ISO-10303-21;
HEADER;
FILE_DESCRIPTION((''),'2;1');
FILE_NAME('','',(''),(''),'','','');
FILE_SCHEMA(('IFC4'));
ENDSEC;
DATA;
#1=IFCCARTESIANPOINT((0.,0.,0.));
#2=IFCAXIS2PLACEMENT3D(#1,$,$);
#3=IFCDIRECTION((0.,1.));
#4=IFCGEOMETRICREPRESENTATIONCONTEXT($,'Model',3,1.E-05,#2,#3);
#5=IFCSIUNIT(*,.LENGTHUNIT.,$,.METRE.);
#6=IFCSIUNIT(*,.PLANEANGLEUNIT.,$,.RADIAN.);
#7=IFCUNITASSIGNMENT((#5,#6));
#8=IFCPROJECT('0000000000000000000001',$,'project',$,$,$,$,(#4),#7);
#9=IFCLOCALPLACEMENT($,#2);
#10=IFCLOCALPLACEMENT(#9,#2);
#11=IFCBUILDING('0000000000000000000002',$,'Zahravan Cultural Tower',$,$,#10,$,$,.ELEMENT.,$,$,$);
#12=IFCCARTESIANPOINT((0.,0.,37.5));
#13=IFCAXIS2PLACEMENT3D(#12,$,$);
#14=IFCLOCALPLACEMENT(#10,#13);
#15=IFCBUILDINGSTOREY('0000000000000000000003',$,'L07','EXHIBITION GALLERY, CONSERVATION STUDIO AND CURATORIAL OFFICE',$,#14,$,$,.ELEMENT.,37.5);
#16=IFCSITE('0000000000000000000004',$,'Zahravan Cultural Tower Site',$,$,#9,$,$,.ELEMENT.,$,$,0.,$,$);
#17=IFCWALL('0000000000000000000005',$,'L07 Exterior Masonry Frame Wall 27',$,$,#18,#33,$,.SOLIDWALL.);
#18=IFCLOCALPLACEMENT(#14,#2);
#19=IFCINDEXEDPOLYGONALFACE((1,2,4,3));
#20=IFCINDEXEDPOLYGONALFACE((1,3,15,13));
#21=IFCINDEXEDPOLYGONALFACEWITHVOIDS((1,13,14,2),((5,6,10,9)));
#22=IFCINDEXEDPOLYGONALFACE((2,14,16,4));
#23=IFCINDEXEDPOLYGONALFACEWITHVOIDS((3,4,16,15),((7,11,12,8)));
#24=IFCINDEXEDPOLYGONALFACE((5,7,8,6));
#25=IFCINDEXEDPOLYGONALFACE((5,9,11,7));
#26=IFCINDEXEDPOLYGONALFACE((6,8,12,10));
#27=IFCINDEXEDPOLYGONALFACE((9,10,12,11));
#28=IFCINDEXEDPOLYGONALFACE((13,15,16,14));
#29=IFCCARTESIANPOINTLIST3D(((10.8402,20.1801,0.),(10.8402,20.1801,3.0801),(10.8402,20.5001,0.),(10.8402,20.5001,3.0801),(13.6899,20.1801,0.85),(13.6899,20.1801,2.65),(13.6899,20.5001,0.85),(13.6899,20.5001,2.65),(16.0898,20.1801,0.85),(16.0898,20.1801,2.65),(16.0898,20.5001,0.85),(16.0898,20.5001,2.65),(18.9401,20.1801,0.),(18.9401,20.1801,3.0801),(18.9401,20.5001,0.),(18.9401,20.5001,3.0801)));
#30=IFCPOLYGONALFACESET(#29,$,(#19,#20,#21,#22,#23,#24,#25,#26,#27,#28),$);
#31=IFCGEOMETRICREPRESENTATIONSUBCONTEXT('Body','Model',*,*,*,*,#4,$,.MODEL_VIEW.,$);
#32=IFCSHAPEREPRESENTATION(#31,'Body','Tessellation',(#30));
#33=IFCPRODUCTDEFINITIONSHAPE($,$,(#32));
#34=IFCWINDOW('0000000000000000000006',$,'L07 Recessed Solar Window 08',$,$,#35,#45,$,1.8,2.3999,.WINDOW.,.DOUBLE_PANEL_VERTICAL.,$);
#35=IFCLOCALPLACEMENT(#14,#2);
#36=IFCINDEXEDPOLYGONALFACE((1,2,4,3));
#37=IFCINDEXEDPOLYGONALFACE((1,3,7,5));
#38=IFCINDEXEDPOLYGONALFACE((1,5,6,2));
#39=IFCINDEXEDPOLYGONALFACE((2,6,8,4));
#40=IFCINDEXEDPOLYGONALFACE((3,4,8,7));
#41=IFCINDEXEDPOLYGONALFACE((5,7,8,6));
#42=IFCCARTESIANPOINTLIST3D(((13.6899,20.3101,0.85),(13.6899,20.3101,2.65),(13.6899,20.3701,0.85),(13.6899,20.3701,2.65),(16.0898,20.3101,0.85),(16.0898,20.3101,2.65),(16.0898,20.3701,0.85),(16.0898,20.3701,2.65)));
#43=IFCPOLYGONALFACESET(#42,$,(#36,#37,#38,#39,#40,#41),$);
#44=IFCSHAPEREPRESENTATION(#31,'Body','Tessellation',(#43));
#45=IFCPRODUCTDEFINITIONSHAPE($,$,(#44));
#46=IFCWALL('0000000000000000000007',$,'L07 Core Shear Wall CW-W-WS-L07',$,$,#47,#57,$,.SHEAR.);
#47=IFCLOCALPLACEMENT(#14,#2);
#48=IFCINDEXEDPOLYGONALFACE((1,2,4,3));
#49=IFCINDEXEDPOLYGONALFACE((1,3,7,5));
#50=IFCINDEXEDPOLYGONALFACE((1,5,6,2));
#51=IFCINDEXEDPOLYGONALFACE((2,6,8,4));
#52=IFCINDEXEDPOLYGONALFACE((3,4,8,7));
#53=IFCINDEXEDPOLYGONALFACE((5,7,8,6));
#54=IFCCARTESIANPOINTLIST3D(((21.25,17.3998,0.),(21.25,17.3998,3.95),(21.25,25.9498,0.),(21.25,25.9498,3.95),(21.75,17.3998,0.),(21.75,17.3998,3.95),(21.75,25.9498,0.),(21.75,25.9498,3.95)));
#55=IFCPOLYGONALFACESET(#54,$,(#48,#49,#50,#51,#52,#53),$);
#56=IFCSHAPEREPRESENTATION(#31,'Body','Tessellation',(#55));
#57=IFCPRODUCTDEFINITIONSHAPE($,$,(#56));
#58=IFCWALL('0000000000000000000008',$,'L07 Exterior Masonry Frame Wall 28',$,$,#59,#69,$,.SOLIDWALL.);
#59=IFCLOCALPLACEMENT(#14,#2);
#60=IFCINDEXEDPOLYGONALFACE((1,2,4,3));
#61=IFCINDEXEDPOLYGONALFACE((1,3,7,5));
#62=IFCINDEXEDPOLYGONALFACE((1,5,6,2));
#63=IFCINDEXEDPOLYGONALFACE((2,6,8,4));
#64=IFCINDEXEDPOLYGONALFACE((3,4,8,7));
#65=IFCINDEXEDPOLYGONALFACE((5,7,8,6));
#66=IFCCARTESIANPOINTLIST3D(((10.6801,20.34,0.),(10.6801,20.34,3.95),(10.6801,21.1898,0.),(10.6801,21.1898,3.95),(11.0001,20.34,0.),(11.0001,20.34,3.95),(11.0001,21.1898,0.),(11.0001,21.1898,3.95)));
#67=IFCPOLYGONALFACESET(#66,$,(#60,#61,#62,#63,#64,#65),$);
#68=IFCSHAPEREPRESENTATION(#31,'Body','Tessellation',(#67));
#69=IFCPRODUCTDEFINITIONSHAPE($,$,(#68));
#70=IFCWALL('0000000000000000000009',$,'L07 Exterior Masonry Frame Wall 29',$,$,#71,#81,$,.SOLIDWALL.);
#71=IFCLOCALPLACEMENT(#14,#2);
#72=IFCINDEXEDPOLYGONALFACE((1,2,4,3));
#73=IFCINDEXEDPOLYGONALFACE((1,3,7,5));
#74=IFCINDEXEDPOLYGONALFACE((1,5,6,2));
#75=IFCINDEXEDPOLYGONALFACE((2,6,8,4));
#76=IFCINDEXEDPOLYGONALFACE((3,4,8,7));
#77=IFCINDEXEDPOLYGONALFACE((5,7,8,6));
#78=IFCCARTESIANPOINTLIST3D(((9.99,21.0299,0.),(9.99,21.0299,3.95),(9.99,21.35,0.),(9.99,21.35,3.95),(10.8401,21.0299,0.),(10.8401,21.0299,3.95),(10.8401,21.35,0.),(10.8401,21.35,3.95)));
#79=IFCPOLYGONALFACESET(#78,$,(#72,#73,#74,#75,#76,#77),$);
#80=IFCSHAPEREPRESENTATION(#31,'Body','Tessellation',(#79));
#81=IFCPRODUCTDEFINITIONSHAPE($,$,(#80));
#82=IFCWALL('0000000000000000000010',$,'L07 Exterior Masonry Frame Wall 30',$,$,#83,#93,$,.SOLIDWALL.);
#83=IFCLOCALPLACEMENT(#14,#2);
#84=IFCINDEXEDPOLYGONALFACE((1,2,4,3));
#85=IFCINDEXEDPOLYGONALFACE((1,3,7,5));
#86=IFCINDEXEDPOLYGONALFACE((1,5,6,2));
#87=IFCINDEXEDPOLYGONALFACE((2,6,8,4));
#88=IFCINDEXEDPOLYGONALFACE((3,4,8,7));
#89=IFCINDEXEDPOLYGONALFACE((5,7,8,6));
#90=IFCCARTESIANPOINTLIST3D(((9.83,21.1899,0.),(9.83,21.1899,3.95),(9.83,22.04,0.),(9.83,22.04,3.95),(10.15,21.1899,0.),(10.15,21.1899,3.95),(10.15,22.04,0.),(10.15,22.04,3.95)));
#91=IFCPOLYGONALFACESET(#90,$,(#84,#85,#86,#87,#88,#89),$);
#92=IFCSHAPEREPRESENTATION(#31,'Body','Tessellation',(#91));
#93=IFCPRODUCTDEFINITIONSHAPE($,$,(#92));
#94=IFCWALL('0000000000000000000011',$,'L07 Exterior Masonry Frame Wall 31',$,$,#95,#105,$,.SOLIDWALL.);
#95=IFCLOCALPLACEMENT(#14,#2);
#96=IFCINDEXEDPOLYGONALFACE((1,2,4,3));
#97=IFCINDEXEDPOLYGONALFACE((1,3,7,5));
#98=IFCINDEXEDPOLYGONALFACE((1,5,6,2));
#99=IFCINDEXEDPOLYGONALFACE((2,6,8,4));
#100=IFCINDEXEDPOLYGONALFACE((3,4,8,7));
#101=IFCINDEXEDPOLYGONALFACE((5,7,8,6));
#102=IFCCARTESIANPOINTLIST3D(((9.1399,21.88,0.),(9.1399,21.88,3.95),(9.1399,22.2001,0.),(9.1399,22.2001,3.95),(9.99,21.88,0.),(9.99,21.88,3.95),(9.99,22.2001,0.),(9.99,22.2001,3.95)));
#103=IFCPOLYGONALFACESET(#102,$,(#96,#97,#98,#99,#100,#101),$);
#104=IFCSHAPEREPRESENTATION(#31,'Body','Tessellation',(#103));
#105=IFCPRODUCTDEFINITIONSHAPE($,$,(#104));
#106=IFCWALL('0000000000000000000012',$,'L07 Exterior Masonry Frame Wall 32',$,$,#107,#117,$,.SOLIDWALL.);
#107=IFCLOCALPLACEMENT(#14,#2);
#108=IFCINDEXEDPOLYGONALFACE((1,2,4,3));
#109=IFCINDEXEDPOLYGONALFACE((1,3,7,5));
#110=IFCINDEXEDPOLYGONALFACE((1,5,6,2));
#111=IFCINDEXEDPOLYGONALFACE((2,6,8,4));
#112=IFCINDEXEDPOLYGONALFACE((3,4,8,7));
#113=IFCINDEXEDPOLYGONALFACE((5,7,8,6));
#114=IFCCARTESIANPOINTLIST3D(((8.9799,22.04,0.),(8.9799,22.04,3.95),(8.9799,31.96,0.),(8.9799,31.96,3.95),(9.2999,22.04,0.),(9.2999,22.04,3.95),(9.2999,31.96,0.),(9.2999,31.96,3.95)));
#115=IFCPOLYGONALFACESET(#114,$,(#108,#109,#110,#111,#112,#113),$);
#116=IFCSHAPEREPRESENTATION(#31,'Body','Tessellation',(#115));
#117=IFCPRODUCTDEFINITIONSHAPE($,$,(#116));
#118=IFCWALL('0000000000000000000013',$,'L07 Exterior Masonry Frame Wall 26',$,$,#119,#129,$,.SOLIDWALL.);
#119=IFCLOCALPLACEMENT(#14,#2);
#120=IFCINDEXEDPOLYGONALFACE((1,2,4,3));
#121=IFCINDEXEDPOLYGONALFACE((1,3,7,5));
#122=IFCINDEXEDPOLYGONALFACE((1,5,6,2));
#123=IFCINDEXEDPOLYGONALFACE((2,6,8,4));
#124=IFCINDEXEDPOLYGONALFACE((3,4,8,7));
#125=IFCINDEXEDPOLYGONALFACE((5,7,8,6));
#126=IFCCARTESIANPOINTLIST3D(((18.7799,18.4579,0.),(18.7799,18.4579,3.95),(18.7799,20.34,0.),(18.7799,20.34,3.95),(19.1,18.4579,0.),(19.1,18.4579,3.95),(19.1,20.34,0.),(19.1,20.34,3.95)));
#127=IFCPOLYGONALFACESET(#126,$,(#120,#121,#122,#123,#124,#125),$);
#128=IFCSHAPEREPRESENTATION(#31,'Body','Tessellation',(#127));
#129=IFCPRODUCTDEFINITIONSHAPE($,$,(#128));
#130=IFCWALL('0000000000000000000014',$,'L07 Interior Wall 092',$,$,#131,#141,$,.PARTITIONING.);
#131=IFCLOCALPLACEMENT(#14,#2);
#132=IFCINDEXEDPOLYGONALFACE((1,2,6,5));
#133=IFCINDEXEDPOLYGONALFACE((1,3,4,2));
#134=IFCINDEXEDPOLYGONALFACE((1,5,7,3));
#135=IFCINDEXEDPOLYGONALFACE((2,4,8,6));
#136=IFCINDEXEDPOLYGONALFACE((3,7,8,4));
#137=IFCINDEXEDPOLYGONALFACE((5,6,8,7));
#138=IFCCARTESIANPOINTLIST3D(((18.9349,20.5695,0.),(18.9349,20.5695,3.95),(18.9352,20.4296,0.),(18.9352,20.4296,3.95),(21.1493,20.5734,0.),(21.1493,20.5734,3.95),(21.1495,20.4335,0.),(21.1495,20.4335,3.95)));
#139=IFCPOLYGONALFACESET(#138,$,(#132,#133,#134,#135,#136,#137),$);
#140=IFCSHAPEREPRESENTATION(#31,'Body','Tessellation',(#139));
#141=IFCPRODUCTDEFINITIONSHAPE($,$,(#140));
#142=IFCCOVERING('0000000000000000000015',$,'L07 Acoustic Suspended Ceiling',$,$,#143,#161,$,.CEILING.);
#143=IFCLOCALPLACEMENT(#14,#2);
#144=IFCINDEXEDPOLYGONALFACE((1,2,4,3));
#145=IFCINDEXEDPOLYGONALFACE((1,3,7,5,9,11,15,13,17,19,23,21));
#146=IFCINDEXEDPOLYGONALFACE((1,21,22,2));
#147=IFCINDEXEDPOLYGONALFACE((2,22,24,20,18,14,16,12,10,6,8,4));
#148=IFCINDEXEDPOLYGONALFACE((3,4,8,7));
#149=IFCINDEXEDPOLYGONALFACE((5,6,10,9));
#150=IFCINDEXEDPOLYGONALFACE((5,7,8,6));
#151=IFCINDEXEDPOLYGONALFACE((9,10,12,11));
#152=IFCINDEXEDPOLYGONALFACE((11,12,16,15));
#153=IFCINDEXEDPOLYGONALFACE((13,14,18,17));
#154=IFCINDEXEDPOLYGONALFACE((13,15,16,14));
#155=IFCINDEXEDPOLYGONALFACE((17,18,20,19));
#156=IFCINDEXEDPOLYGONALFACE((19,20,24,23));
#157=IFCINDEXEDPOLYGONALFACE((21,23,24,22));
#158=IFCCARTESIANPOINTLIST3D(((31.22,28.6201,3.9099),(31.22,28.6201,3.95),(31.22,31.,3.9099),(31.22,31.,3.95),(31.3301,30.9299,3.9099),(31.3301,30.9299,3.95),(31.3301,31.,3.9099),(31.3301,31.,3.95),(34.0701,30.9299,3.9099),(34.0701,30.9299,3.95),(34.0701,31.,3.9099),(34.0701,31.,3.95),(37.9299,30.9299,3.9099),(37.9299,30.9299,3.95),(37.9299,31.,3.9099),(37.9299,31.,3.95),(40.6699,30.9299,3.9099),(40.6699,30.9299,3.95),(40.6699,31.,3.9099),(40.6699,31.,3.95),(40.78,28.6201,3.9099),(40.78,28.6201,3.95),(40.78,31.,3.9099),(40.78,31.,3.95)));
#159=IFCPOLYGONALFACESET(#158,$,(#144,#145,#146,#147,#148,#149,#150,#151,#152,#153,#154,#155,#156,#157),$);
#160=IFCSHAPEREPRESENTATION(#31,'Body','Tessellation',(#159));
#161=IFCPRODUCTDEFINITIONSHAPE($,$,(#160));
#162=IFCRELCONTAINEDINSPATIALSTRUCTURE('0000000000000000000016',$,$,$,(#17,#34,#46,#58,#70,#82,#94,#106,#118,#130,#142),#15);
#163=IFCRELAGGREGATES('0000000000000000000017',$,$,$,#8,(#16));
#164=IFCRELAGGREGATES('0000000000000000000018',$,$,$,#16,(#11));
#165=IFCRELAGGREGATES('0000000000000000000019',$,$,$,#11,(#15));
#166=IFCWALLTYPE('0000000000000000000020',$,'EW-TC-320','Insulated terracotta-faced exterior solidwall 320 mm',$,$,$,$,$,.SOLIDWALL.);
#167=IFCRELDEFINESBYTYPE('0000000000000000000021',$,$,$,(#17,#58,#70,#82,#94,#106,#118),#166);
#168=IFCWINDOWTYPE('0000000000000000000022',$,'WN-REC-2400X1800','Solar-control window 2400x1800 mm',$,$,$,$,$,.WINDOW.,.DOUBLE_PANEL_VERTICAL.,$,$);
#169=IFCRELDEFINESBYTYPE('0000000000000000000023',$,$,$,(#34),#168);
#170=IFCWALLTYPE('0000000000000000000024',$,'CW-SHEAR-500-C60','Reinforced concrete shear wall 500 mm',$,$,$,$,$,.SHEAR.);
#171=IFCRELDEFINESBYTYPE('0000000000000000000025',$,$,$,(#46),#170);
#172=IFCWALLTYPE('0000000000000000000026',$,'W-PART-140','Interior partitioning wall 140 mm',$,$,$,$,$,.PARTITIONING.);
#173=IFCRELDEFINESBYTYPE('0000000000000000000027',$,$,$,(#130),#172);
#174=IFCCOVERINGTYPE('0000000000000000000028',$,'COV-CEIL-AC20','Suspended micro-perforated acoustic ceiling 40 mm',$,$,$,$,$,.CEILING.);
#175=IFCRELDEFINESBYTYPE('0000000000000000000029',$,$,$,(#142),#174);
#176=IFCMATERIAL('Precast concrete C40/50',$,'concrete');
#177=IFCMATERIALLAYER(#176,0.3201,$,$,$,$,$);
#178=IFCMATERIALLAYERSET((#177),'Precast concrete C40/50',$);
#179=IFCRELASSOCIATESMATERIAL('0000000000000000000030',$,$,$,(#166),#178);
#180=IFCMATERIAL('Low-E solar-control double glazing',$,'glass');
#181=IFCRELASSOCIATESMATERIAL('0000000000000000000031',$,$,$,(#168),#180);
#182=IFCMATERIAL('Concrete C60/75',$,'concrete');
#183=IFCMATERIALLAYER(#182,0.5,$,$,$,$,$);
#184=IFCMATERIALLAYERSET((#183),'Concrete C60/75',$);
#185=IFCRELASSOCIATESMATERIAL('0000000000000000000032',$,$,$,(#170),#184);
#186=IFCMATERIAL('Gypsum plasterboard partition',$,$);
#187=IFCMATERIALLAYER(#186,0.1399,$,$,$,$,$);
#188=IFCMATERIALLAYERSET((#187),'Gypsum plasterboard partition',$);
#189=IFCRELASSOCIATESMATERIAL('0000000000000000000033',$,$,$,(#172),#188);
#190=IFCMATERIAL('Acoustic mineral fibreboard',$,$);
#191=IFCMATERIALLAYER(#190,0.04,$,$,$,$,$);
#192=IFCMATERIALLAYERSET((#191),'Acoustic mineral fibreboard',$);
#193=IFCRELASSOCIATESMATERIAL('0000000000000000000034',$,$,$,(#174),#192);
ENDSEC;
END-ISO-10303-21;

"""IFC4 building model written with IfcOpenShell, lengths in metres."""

from ifc_helpers import new_model, si_unit, direction, frame, frame_2d, origin, place, context, subcontext, project, spatial, polyline, rectangle, outline, extrude, source, transform, mapped, material, layer, layer_set, type_object, element, fill, save


model = new_model("IFC4")

# Units and contexts
model_context = context("Model", 3, precision=1e-05, world=origin(), true_north=direction((0.0, 1.0)))
body_context = subcontext(model_context, "Body", "Model", "MODEL_VIEW")
ifc_project = project(units=[si_unit("LENGTHUNIT", "METRE"), si_unit("PLANEANGLEUNIT", "RADIAN")], contexts=[model_context])

# Site, building, storey
site_placement = place(None, origin())
site = spatial("IfcSite", under=ifc_project, at=site_placement, Name="Zahravan Cultural Tower Site", CompositionType="ELEMENT", RefElevation=0.0)
building_placement = place(site_placement, origin())
building = spatial("IfcBuilding", under=site, at=building_placement, Name="Zahravan Cultural Tower", CompositionType="ELEMENT")
storey_placement = place(building_placement, frame((0.0, 0.0, 37.5)))
storey = spatial("IfcBuildingStorey", under=building, at=storey_placement, Name="L07", Description="EXHIBITION GALLERY, CONSERVATION STUDIO AND CURATORIAL OFFICE", CompositionType="ELEMENT", Elevation=37.5)

# Wall, opening, window
ifc_material_1 = material(Name="Precast concrete C40/50", Category="concrete")
ifc_layer_1 = layer(ifc_material_1, 0.3201)
ifc_layer_set_1 = layer_set([ifc_layer_1], Name="Precast concrete C40/50")
wall_type_1 = type_object("IfcWallType", Name="EW-TC-320", Description="Insulated terracotta-faced exterior solidwall 320 mm", PredefinedType="SOLIDWALL", material=ifc_layer_set_1)
wall_1_placement = place(storey_placement, frame((18.9399, 20.3401, 0.0), z_axis=(0.0, 0.0, 1.0), x_axis=(-1.0, 0.0, 0.0)))
wall_1 = element("IfcWall", 1, at=wall_1_placement, inside=storey, type_object=wall_type_1, Name="L07 Exterior Masonry Frame Wall 27", PredefinedType="SOLIDWALL", context=body_context, shape_type="SweptSolid", body=[
    extrude(rectangle(XDim=8.0999, YDim=0.3201, at=frame_2d((4.0498, 0.0))), origin(), (0.0, 0.0, 1.0), 3.0801),
])
opening_placement = place(wall_1_placement, frame((2.8501, 0.0, 0.8501)))
opening = element("IfcOpeningElement", 2, at=opening_placement, cuts=wall_1, PredefinedType="OPENING", context=body_context, shape_type="SweptSolid", body=[
    extrude(rectangle(XDim=2.3999, YDim=1.8, at=frame_2d((1.2, 0.8999))), frame((0.0, 0.1699, 0.0), z_axis=(0.0, -1.0, 0.0), x_axis=(1.0, 0.0, 0.0)), (0.0, 0.0, 1.0), 0.3401),
])
ifc_material_2 = material(Name="Low-E solar-control double glazing", Category="glass")
window_type = type_object("IfcWindowType", Name="WN-REC-2400X1800", Description="Solar-control window 2400x1800 mm", PartitioningType="DOUBLE_PANEL_VERTICAL", PredefinedType="WINDOW", material=ifc_material_2)
shared_shape_1 = source(origin(), body_context, "Body", "SweptSolid", [
    extrude(rectangle(XDim=2.3999, YDim=1.8, at=frame_2d((1.2, 0.8999))), frame((0.0, 0.03, 0.0), z_axis=(0.0, -1.0, 0.0), x_axis=(1.0, 0.0, 0.0)), (0.0, 0.0, 1.0), 0.0601),
])
window_placement = place(opening_placement, origin())
window = element("IfcWindow", 3, at=window_placement, inside=storey, type_object=window_type, Name="L07 Recessed Solar Window 08", OverallHeight=1.8, OverallWidth=2.3999, PartitioningType="DOUBLE_PANEL_VERTICAL", PredefinedType="WINDOW", context=body_context, shape_type="MappedRepresentation", body=[
    mapped(shared_shape_1, transform((0.0, 0.0, 0.0), x_axis=(1.0, 0.0, 0.0), y_axis=(0.0, 1.0, 0.0), z_axis=(0.0, 0.0, 1.0), scale=1.0)),
])
fill(opening, window)

# Walls
ifc_material_3 = material(Name="Concrete C60/75", Category="concrete")
ifc_layer_2 = layer(ifc_material_3, 0.5)
ifc_layer_set_2 = layer_set([ifc_layer_2], Name="Concrete C60/75")
wall_type_2 = type_object("IfcWallType", Name="CW-SHEAR-500-C60", Description="Reinforced concrete shear wall 500 mm", PredefinedType="SHEAR", material=ifc_layer_set_2)
shared_shape_2 = source(origin(), body_context, "Body", "SweptSolid", [
    extrude(rectangle(XDim=8.55, YDim=0.5, at=frame_2d((4.2749, 0.0))), origin(), (0.0, 0.0, 1.0), 3.95),
])
wall_2_placement = place(storey_placement, frame((21.5, 17.3999, 0.0), z_axis=(0.0, 0.0, 1.0), x_axis=(0.0, 1.0, 0.0)))
element("IfcWall", 4, at=wall_2_placement, inside=storey, type_object=wall_type_2, Name="L07 Core Shear Wall CW-W-WS-L07", PredefinedType="SHEAR", context=body_context, shape_type="MappedRepresentation", body=[
    mapped(shared_shape_2, transform((0.0, 0.0, 0.0), x_axis=(1.0, 0.0, 0.0), y_axis=(0.0, 1.0, 0.0), z_axis=(0.0, 0.0, 1.0), scale=1.0)),
])
shared_shape_3 = source(origin(), body_context, "Body", "SweptSolid", [
    extrude(rectangle(XDim=0.8499, YDim=0.3201, at=frame_2d((0.4248, 0.0))), origin(), (0.0, 0.0, 1.0), 3.95),
])
wall_3_placement = place(storey_placement, frame((10.8401, 20.3401, 0.0), z_axis=(0.0, 0.0, 1.0), x_axis=(0.0, 1.0, 0.0)))
element("IfcWall", 5, at=wall_3_placement, inside=storey, type_object=wall_type_1, Name="L07 Exterior Masonry Frame Wall 28", PredefinedType="SOLIDWALL", context=body_context, shape_type="MappedRepresentation", body=[
    mapped(shared_shape_3, transform((0.0, 0.0, 0.0), x_axis=(1.0, 0.0, 0.0), y_axis=(0.0, 1.0, 0.0), z_axis=(0.0, 0.0, 1.0), scale=1.0)),
])
shared_shape_4 = source(origin(), body_context, "Body", "SweptSolid", [
    extrude(rectangle(XDim=0.8501, YDim=0.3201, at=frame_2d((0.425, 0.0))), origin(), (0.0, 0.0, 1.0), 3.95),
])
for number, where, z_axis, x_axis, name in (
    (6, (10.8401, 21.1899, 0.0), (0.0, 0.0, 1.0), (-1.0, 0.0, 0.0), "L07 Exterior Masonry Frame Wall 29"),
    (7, (9.99, 21.1899, 0.0), (0.0, 0.0, 1.0), (0.0, 1.0, 0.0), "L07 Exterior Masonry Frame Wall 30"),
    (8, (9.99, 22.04, 0.0), (0.0, 0.0, 1.0), (-1.0, 0.0, 0.0), "L07 Exterior Masonry Frame Wall 31"),
):
    element("IfcWall", number, at=place(storey_placement, frame(where, z_axis=z_axis, x_axis=x_axis)), inside=storey, type_object=wall_type_1, Name=name, PredefinedType="SOLIDWALL", context=body_context, shape_type="MappedRepresentation", body=[
        mapped(shared_shape_4, transform((0.0, 0.0, 0.0), x_axis=(1.0, 0.0, 0.0), y_axis=(0.0, 1.0, 0.0), z_axis=(0.0, 0.0, 1.0), scale=1.0)),
    ])
shared_shape_5 = source(origin(), body_context, "Body", "SweptSolid", [
    extrude(rectangle(XDim=9.9199, YDim=0.3201, at=frame_2d((4.96, 0.0))), origin(), (0.0, 0.0, 1.0), 3.95),
])
wall_4_placement = place(storey_placement, frame((9.1399, 22.04, 0.0), z_axis=(0.0, 0.0, 1.0), x_axis=(0.0, 1.0, 0.0)))
element("IfcWall", 9, at=wall_4_placement, inside=storey, type_object=wall_type_1, Name="L07 Exterior Masonry Frame Wall 32", PredefinedType="SOLIDWALL", context=body_context, shape_type="MappedRepresentation", body=[
    mapped(shared_shape_5, transform((0.0, 0.0, 0.0), x_axis=(1.0, 0.0, 0.0), y_axis=(0.0, 1.0, 0.0), z_axis=(0.0, 0.0, 1.0), scale=1.0)),
])
shared_shape_6 = source(origin(), body_context, "Body", "SweptSolid", [
    extrude(rectangle(XDim=1.8821, YDim=0.3201, at=frame_2d((0.9409, 0.0))), origin(), (0.0, 0.0, 1.0), 3.95),
])
wall_5_placement = place(storey_placement, frame((18.9399, 18.458, 0.0), z_axis=(0.0, 0.0, 1.0), x_axis=(0.0, 1.0, 0.0)))
element("IfcWall", 10, at=wall_5_placement, inside=storey, type_object=wall_type_1, Name="L07 Exterior Masonry Frame Wall 26", PredefinedType="SOLIDWALL", context=body_context, shape_type="MappedRepresentation", body=[
    mapped(shared_shape_6, transform((0.0, 0.0, 0.0), x_axis=(1.0, 0.0, 0.0), y_axis=(0.0, 1.0, 0.0), z_axis=(0.0, 0.0, 1.0), scale=1.0)),
])
ifc_material_4 = material(Name="Gypsum plasterboard partition")
ifc_layer_3 = layer(ifc_material_4, 0.1399)
ifc_layer_set_3 = layer_set([ifc_layer_3], Name="Gypsum plasterboard partition")
wall_type_3 = type_object("IfcWallType", Name="W-PART-140", Description="Interior partitioning wall 140 mm", PredefinedType="PARTITIONING", material=ifc_layer_set_3)
shared_shape_7 = source(origin(), body_context, "Body", "SweptSolid", [
    extrude(rectangle(XDim=2.2144, YDim=0.1399, at=frame_2d((1.1072, 0.0))), origin(), (0.0, 0.0, 1.0), 3.95),
])
wall_6_placement = place(storey_placement, frame((18.9351, 20.4995, 0.0), z_axis=(0.0, 0.0, 1.0), x_axis=(0.999998, 0.001764, 0.0)))
element("IfcWall", 11, at=wall_6_placement, inside=storey, type_object=wall_type_3, Name="L07 Interior Wall 092", PredefinedType="PARTITIONING", context=body_context, shape_type="MappedRepresentation", body=[
    mapped(shared_shape_7, transform((0.0, 0.0, 0.0), x_axis=(1.0, 0.0, 0.0), y_axis=(0.0, 1.0, 0.0), z_axis=(0.0, 0.0, 1.0), scale=1.0)),
])

# Covering
ifc_material_5 = material(Name="Acoustic mineral fibreboard")
ifc_layer_4 = layer(ifc_material_5, 0.04)
ifc_layer_set_4 = layer_set([ifc_layer_4], Name="Acoustic mineral fibreboard")
covering_type_1 = type_object("IfcCoveringType", Name="COV-CEIL-AC20", Description="Suspended micro-perforated acoustic ceiling 40 mm", PredefinedType="CEILING", material=ifc_layer_set_4)
covering_1_placement = place(storey_placement, frame((0.0, 0.0, 3.9099)))
element("IfcCovering", 12, at=covering_1_placement, inside=storey, type_object=covering_type_1, Name="L07 Acoustic Suspended Ceiling", PredefinedType="CEILING", context=body_context, shape_type="SweptSolid", body=[
    extrude(outline(polyline([(31.22, 31.0), (31.22, 28.6201), (40.78, 28.6201), (40.78, 31.0), (40.6699, 31.0), (40.6699, 30.9299), (37.9299, 30.9299), (37.9299, 31.0), (34.0701, 31.0), (34.0701, 30.9299), (31.3301, 30.9299), (31.3301, 31.0), (31.22, 31.0)])), origin(), (0.0, 0.0, 1.0), 0.04),
])

save(model, "model.ifc")
